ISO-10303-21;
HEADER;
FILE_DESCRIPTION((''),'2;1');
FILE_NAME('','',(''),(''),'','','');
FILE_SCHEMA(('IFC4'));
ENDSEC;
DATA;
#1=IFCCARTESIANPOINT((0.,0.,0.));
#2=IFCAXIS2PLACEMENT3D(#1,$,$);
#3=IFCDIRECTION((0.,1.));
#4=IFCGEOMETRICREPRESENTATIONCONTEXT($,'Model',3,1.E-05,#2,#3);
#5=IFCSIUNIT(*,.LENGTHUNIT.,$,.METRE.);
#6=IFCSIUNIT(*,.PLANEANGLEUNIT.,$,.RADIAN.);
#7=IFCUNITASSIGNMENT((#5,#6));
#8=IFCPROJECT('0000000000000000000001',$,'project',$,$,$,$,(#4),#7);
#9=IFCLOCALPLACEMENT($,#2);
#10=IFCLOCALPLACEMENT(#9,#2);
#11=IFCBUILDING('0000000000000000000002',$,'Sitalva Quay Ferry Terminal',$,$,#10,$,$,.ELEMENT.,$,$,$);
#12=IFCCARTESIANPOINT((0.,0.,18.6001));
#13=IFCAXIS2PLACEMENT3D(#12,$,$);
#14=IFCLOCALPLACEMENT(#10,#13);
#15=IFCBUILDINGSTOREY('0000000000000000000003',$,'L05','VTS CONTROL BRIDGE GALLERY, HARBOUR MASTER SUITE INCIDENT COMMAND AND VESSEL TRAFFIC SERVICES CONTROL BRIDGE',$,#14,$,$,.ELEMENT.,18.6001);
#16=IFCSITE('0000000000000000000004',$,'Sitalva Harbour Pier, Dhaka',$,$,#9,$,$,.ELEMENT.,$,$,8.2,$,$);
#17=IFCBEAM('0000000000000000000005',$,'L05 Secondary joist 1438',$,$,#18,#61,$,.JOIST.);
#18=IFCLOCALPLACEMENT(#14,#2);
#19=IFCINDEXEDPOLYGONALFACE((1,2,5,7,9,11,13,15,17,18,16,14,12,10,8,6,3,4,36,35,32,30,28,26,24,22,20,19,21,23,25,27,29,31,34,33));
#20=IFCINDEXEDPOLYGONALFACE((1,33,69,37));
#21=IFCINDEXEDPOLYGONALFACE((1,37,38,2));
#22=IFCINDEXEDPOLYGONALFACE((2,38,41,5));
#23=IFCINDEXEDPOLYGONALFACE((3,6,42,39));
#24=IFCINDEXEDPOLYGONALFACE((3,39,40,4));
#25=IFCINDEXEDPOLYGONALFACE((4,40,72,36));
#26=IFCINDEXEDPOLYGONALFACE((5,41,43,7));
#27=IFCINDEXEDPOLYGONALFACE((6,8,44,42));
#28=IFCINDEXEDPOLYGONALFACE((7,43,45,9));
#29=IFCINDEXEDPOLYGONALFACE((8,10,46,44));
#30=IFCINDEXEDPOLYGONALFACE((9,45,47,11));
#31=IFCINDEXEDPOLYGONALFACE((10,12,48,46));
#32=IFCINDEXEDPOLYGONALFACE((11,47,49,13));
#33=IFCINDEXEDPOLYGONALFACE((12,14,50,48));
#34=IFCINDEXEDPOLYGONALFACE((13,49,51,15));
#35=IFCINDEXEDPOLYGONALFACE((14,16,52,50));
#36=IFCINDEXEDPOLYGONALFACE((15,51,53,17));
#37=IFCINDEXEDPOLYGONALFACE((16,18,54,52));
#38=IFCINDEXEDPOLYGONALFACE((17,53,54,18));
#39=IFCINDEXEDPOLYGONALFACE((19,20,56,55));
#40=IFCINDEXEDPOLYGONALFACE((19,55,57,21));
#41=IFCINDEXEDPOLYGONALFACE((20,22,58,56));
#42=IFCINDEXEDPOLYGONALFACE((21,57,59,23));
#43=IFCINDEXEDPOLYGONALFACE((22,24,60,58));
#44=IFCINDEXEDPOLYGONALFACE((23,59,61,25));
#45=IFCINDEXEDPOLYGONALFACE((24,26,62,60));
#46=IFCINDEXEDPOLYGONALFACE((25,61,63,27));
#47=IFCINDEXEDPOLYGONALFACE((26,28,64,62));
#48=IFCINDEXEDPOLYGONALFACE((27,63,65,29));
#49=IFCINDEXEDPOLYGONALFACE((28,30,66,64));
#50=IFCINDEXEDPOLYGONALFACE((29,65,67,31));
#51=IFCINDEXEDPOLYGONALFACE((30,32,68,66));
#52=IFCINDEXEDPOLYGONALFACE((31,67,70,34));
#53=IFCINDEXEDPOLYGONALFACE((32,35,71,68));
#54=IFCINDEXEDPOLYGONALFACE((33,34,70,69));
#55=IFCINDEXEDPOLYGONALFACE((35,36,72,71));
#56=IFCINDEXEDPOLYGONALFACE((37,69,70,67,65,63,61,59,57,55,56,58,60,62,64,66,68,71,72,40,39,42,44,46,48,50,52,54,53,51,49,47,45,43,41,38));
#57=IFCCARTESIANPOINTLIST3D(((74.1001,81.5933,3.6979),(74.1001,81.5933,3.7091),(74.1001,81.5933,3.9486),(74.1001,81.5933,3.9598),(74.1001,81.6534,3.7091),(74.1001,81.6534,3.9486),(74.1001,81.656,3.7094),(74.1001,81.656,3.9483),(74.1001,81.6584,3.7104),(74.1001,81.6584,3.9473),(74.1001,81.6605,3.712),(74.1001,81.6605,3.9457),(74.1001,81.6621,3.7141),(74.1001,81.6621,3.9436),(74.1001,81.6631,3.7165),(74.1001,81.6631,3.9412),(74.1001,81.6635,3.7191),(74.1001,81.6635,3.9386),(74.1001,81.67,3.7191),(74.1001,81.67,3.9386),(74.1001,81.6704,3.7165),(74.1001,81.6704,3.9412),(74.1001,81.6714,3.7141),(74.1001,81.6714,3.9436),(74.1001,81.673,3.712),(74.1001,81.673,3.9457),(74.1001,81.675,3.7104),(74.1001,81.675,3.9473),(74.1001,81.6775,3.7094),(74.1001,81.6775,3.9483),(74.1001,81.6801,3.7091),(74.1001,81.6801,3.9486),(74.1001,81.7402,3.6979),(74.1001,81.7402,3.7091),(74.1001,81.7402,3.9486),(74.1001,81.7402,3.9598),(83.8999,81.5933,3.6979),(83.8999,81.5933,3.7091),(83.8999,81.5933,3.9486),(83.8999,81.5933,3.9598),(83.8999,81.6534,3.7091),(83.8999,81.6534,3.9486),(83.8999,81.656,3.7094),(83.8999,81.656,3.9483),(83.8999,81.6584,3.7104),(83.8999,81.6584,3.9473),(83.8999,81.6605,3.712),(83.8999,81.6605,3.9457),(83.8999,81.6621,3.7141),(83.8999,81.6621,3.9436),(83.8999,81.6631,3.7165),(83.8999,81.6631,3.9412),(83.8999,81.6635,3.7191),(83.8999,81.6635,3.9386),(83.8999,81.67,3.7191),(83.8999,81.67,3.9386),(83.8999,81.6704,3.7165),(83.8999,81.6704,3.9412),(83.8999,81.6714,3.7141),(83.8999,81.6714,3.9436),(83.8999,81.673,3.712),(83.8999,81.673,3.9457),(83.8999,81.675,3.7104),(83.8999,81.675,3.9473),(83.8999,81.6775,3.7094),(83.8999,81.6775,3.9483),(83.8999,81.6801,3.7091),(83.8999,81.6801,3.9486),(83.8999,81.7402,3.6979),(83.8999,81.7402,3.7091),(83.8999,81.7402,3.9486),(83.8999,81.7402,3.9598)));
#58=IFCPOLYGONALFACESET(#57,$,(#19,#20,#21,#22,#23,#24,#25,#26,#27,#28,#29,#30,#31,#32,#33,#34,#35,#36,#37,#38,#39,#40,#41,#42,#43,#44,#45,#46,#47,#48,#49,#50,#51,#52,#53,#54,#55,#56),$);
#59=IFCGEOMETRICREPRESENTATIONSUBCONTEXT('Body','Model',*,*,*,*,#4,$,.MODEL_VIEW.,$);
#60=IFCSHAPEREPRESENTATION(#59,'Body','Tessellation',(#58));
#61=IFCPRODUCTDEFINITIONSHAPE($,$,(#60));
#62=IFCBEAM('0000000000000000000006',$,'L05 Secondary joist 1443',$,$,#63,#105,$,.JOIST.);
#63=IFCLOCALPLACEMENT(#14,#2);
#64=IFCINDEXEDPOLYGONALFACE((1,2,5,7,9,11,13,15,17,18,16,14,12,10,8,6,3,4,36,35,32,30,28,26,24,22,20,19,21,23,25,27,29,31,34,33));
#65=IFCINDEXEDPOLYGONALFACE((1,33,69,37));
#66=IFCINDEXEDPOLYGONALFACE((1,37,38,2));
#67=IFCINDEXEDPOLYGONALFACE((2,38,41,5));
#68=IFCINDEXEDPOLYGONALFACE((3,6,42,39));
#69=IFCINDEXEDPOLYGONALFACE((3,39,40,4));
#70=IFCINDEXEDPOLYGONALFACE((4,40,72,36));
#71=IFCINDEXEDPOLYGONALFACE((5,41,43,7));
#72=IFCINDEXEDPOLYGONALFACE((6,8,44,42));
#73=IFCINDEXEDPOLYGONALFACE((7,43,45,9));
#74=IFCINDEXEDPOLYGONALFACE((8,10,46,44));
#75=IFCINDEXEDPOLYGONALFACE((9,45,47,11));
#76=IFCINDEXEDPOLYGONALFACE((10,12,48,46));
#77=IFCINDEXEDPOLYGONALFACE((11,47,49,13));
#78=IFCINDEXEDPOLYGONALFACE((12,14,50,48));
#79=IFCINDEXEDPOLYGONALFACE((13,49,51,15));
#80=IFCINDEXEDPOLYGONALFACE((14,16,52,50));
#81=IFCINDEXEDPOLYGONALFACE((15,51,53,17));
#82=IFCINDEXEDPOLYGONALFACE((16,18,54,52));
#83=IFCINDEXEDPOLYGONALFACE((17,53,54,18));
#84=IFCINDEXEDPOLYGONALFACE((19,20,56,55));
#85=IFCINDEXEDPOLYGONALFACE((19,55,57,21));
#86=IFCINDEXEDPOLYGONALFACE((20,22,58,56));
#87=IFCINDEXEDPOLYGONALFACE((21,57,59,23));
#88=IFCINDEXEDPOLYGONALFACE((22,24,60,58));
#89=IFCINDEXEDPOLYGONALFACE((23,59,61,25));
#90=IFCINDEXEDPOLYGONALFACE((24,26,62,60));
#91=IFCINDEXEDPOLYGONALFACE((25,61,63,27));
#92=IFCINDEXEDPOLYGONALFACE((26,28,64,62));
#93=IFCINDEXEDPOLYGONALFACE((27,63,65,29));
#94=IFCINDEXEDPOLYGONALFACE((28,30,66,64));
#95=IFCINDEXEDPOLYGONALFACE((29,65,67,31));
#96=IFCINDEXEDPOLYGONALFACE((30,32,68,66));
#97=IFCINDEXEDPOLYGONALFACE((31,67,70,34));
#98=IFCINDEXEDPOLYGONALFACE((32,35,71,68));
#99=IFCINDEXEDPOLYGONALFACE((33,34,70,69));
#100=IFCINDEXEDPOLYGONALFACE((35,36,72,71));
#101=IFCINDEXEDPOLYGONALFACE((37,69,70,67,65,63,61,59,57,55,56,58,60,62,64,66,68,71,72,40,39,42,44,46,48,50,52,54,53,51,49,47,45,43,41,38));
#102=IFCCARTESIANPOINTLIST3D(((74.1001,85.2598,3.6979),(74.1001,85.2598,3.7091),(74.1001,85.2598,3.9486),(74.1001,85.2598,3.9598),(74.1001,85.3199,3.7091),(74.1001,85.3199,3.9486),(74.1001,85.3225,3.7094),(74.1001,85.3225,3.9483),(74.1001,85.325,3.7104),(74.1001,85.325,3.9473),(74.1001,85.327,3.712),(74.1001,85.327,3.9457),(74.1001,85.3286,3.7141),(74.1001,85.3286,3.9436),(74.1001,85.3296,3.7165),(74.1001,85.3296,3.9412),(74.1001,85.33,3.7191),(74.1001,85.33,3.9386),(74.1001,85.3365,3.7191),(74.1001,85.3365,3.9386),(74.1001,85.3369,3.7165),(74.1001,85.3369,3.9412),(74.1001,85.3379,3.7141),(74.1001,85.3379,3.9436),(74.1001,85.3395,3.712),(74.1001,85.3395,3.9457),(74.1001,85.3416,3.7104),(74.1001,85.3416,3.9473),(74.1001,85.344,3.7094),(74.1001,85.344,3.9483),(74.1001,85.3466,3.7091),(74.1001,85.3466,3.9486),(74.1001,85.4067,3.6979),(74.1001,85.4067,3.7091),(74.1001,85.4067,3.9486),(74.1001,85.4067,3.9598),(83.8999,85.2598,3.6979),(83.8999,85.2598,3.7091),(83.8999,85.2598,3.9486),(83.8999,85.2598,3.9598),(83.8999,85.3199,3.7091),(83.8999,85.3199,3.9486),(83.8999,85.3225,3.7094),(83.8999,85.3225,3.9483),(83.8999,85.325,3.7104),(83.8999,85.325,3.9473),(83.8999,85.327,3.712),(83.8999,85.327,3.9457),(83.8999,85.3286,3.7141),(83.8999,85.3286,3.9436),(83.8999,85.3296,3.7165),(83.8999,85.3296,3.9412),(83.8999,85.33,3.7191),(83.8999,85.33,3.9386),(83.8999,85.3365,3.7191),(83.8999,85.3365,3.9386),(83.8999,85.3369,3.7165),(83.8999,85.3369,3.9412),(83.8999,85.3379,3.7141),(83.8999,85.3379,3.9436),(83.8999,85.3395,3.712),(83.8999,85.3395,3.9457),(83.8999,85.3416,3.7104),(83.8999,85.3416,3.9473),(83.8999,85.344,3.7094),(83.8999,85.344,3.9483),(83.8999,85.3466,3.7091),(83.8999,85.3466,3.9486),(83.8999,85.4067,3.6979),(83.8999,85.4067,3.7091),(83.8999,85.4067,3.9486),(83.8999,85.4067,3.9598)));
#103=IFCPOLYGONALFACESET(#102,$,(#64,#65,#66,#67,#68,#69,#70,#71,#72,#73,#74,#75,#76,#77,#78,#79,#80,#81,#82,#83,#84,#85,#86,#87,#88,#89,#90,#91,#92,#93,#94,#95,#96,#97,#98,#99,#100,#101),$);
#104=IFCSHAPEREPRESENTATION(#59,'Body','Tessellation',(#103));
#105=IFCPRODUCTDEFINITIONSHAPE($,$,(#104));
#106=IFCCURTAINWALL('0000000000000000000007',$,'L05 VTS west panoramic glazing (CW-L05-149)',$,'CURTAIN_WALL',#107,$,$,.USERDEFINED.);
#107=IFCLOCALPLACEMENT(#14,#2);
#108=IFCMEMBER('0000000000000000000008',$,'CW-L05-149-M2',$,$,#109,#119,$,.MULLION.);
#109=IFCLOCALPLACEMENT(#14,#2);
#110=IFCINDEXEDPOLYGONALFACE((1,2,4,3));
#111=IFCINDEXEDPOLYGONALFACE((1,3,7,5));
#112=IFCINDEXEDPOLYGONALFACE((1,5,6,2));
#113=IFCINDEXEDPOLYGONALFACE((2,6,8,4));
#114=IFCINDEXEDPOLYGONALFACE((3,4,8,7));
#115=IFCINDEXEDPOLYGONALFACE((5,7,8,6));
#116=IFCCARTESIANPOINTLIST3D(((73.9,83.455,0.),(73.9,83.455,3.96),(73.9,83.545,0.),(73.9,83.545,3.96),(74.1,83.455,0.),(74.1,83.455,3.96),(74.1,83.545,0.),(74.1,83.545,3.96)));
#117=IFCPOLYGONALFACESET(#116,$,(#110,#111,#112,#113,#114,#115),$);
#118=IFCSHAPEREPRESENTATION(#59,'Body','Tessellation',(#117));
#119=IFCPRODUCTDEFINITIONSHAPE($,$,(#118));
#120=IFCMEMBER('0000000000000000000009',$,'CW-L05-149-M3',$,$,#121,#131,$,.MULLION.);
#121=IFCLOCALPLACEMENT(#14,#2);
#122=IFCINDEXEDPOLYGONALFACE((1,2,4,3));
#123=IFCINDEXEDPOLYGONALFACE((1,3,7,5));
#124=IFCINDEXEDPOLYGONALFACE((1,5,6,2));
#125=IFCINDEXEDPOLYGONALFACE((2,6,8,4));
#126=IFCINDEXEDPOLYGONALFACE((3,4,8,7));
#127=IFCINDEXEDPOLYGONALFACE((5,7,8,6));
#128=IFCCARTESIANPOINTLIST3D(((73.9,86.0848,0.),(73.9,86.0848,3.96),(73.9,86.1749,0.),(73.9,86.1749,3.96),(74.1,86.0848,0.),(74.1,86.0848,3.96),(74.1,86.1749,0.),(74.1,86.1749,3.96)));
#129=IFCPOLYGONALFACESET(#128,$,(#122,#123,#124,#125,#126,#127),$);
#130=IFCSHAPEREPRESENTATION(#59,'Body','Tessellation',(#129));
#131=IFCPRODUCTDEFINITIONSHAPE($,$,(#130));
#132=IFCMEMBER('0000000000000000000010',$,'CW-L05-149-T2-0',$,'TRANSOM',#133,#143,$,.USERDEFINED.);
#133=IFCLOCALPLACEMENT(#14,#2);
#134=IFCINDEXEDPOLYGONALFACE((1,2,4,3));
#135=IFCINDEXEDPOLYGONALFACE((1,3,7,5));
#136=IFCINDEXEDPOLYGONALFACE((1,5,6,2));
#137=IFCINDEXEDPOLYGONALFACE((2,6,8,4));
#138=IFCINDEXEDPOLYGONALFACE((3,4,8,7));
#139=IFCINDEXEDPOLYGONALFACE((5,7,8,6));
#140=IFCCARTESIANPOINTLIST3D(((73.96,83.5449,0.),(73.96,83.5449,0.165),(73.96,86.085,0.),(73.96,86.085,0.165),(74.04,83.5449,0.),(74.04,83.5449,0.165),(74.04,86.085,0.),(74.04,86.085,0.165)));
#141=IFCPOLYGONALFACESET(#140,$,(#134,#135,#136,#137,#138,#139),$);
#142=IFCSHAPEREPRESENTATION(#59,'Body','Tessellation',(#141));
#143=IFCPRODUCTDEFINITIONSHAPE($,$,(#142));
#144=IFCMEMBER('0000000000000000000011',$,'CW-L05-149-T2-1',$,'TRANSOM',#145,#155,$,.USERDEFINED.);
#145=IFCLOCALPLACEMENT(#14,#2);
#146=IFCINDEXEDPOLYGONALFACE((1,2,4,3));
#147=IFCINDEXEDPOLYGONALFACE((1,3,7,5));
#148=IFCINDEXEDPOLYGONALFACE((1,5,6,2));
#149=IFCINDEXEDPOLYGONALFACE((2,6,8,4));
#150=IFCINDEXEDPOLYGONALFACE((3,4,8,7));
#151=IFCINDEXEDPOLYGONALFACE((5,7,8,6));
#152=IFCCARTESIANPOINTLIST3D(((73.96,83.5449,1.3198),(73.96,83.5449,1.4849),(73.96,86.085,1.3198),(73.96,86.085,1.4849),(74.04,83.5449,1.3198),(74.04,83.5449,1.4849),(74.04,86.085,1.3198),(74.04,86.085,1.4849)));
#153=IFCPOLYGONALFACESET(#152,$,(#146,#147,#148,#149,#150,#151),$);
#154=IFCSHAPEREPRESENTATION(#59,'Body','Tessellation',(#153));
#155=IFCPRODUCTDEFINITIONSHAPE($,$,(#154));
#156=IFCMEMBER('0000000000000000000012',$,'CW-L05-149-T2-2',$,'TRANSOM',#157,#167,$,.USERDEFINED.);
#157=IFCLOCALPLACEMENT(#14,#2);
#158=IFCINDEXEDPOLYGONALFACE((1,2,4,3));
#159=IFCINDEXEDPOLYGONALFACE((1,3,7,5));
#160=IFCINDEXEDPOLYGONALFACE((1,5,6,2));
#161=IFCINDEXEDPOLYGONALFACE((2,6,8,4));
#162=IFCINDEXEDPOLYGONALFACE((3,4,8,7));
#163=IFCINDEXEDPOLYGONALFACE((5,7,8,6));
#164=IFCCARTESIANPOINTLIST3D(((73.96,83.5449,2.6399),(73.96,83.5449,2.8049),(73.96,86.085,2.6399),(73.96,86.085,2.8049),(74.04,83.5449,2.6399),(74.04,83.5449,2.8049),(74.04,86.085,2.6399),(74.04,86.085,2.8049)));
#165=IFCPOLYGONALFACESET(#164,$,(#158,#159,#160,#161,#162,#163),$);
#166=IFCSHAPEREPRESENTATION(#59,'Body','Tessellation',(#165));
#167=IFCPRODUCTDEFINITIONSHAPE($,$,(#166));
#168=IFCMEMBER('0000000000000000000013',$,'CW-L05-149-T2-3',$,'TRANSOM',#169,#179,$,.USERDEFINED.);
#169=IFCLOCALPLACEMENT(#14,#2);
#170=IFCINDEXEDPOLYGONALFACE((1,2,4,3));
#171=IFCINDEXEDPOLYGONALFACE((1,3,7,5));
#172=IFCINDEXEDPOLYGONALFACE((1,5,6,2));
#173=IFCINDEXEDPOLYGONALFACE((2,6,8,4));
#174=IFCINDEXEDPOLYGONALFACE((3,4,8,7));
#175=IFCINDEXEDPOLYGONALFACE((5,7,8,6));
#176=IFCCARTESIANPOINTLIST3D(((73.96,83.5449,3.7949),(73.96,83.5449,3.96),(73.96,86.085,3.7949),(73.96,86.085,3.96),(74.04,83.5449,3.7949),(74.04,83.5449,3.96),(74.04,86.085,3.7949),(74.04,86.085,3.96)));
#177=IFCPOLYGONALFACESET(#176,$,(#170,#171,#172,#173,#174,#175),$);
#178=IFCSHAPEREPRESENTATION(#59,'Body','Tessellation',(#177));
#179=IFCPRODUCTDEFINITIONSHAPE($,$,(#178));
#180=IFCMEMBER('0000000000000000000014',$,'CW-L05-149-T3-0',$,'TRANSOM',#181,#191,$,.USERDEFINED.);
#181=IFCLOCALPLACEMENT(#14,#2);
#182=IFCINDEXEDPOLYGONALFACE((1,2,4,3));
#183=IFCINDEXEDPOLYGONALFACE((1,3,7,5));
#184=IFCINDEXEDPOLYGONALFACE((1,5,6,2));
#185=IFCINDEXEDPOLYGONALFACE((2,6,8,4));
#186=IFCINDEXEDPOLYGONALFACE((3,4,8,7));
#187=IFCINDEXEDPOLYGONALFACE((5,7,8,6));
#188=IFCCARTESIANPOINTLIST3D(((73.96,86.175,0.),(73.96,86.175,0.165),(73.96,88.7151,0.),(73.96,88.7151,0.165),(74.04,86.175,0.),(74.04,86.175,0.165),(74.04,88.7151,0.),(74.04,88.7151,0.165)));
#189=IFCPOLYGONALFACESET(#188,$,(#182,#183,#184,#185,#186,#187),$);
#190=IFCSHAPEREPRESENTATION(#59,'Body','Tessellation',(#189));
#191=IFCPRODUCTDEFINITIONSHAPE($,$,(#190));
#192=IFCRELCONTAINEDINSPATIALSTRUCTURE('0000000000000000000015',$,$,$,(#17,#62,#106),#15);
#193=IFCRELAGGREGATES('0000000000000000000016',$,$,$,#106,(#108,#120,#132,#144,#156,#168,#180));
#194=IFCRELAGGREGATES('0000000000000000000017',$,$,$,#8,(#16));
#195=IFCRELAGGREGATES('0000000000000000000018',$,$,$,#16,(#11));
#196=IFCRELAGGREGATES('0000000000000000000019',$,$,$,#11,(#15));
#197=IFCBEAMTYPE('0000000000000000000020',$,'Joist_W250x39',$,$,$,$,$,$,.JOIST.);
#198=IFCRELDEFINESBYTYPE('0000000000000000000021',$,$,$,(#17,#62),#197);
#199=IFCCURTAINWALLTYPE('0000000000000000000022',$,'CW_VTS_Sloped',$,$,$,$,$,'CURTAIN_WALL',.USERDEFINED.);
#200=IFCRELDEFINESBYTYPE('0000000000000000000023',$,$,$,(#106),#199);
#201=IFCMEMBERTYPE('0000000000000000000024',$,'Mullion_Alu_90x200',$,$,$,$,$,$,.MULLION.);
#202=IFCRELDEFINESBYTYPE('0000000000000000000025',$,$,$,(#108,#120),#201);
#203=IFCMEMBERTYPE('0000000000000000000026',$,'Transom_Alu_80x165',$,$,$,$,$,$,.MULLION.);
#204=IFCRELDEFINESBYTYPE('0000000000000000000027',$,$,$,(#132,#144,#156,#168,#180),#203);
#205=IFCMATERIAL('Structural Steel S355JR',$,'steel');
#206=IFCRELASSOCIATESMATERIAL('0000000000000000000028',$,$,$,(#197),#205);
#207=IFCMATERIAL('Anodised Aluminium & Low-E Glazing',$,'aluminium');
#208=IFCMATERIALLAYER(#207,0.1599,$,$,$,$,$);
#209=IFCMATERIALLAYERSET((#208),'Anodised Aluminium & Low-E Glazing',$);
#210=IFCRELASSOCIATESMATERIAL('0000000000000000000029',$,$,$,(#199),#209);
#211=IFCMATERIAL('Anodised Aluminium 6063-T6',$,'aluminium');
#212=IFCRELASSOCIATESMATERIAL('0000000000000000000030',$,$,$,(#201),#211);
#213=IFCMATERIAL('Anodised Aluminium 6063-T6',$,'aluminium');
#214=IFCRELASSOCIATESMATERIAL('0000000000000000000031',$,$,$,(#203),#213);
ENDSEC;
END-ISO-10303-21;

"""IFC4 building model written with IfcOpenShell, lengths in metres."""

from ifc_helpers import new_model, si_unit, direction, frame, origin, origin_2d, place, context, subcontext, project, spatial, rectangle, i_section, extrude, material, layer, layer_set, material_profile, profile_set, type_object, element, aggregate, save


model = new_model("IFC4")

# Units and contexts
model_context = context("Model", 3, precision=1e-05, world=origin(), true_north=direction((0.0, 1.0)))
body_context = subcontext(model_context, "Body", "Model", "MODEL_VIEW")
ifc_project = project(units=[si_unit("LENGTHUNIT", "METRE"), si_unit("PLANEANGLEUNIT", "RADIAN")], contexts=[model_context])

# Site, building, storey
site_placement = place(None, origin())
site = spatial("IfcSite", under=ifc_project, at=site_placement, Name="Sitalva Harbour Pier, Dhaka", CompositionType="ELEMENT", RefElevation=8.2)
building_placement = place(site_placement, origin())
building = spatial("IfcBuilding", under=site, at=building_placement, Name="Sitalva Quay Ferry Terminal", CompositionType="ELEMENT")
storey_placement = place(building_placement, frame((0.0, 0.0, 18.6001)))
storey = spatial("IfcBuildingStorey", under=building, at=storey_placement, Name="L05", Description="VTS CONTROL BRIDGE GALLERY, HARBOUR MASTER SUITE INCIDENT COMMAND AND VESSEL TRAFFIC SERVICES CONTROL BRIDGE", CompositionType="ELEMENT", Elevation=18.6001)

# Beams
ifc_material_1 = material(Name="Structural Steel S355JR", Category="steel")
ifc_material_profile_1 = material_profile(ifc_material_1, i_section(OverallWidth=0.147, OverallDepth=0.262, WebThickness=0.0066, FlangeThickness=0.0112, FilletRadius=0.01, at=origin_2d()), Name="W250x39")
ifc_profile_set_1 = profile_set([ifc_material_profile_1], Name="Structural Steel S355JR")
beam_type = type_object("IfcBeamType", Name="Joist_W250x39", PredefinedType="JOIST", material=ifc_profile_set_1)
for number, where, z_axis, x_axis, name in (
    (1, (74.1001, 81.6667, 3.8289), (1.0, 0.0, 0.0), (0.0, 1.0, 0.0), "L05 Secondary joist 1438"),
    (2, (74.1001, 85.3333, 3.8289), (1.0, 0.0, 0.0), (0.0, 1.0, 0.0), "L05 Secondary joist 1443"),
):
    element("IfcBeam", number, at=place(storey_placement, frame(where, z_axis=z_axis, x_axis=x_axis)), inside=storey, type_object=beam_type, Name=name, PredefinedType="JOIST", context=body_context, shape_type="SweptSolid", body=[
        extrude(i_section(OverallWidth=0.147, OverallDepth=0.262, WebThickness=0.0066, FlangeThickness=0.0112, FilletRadius=0.01, at=origin_2d()), origin(), (0.0, 0.0, 1.0), 9.7998),
    ])

# Curtain wall, members
ifc_material_2 = material(Name="Anodised Aluminium & Low-E Glazing", Category="aluminium")
ifc_layer_1 = layer(ifc_material_2, 0.1599)
ifc_layer_set_1 = layer_set([ifc_layer_1], Name="Anodised Aluminium & Low-E Glazing")
curtain_wall_type = type_object("IfcCurtainWallType", Name="CW_VTS_Sloped", ElementType="CURTAIN_WALL", PredefinedType="USERDEFINED", material=ifc_layer_set_1)
curtain_wall_placement = place(storey_placement, origin())
curtain_wall = element("IfcCurtainWall", 3, at=curtain_wall_placement, inside=storey, type_object=curtain_wall_type, Name="L05 VTS west panoramic glazing (CW-L05-149)", ObjectType="CURTAIN_WALL", PredefinedType="USERDEFINED")
ifc_material_3 = material(Name="Anodised Aluminium 6063-T6", Category="aluminium")
ifc_material_profile_2 = material_profile(ifc_material_3, rectangle(XDim=0.0901, YDim=0.2, at=origin_2d()), Name="ALU90x200")
ifc_profile_set_2 = profile_set([ifc_material_profile_2], Name="Anodised Aluminium 6063-T6")
member_type_1 = type_object("IfcMemberType", Name="Mullion_Alu_90x200", PredefinedType="MULLION", material=ifc_profile_set_2)
member_1_placement = place(storey_placement, frame((74.0, 83.5, 0.0), z_axis=(0.0, 0.0, 1.0), x_axis=(0.0, 1.0, 0.0)))
member_1 = element("IfcMember", 4, at=member_1_placement, type_object=member_type_1, Name="CW-L05-149-M2", PredefinedType="MULLION", context=body_context, shape_type="SweptSolid", body=[
    extrude(rectangle(XDim=0.0901, YDim=0.2, at=origin_2d()), origin(), (0.0, 0.0, 1.0), 3.96),
])
member_2_placement = place(storey_placement, frame((74.0, 86.1299, 0.0), z_axis=(0.0, 0.0, 1.0), x_axis=(0.0, 1.0, 0.0)))
member_2 = element("IfcMember", 5, at=member_2_placement, type_object=member_type_1, Name="CW-L05-149-M3", PredefinedType="MULLION", context=body_context, shape_type="SweptSolid", body=[
    extrude(rectangle(XDim=0.0901, YDim=0.2, at=origin_2d()), origin(), (0.0, 0.0, 1.0), 3.96),
])
ifc_material_4 = material(Name="Anodised Aluminium 6063-T6", Category="aluminium")
ifc_material_profile_3 = material_profile(ifc_material_4, rectangle(XDim=0.0801, YDim=0.165, at=origin_2d()), Name="ALU80x165")
ifc_profile_set_3 = profile_set([ifc_material_profile_3], Name="Anodised Aluminium 6063-T6")
member_type_2 = type_object("IfcMemberType", Name="Transom_Alu_80x165", PredefinedType="MULLION", material=ifc_profile_set_3)
member_3_placement = place(storey_placement, frame((74.0, 83.5449, 0.0825), z_axis=(0.0, 1.0, 0.0), x_axis=(-1.0, 0.0, 0.0)))
member_3 = element("IfcMember", 6, at=member_3_placement, type_object=member_type_2, Name="CW-L05-149-T2-0", ObjectType="TRANSOM", PredefinedType="USERDEFINED", context=body_context, shape_type="SweptSolid", body=[
    extrude(rectangle(XDim=0.0801, YDim=0.165, at=origin_2d()), origin(), (0.0, 0.0, 1.0), 2.54),
])
member_4_placement = place(storey_placement, frame((74.0, 83.5449, 1.4023), z_axis=(0.0, 1.0, 0.0), x_axis=(-1.0, 0.0, 0.0)))
member_4 = element("IfcMember", 7, at=member_4_placement, type_object=member_type_2, Name="CW-L05-149-T2-1", ObjectType="TRANSOM", PredefinedType="USERDEFINED", context=body_context, shape_type="SweptSolid", body=[
    extrude(rectangle(XDim=0.0801, YDim=0.165, at=origin_2d()), origin(), (0.0, 0.0, 1.0), 2.54),
])
member_5_placement = place(storey_placement, frame((74.0, 83.5449, 2.7224), z_axis=(0.0, 1.0, 0.0), x_axis=(-1.0, 0.0, 0.0)))
member_5 = element("IfcMember", 8, at=member_5_placement, type_object=member_type_2, Name="CW-L05-149-T2-2", ObjectType="TRANSOM", PredefinedType="USERDEFINED", context=body_context, shape_type="SweptSolid", body=[
    extrude(rectangle(XDim=0.0801, YDim=0.165, at=origin_2d()), origin(), (0.0, 0.0, 1.0), 2.54),
])
member_6_placement = place(storey_placement, frame((74.0, 83.5449, 3.8774), z_axis=(0.0, 1.0, 0.0), x_axis=(-1.0, 0.0, 0.0)))
member_6 = element("IfcMember", 9, at=member_6_placement, type_object=member_type_2, Name="CW-L05-149-T2-3", ObjectType="TRANSOM", PredefinedType="USERDEFINED", context=body_context, shape_type="SweptSolid", body=[
    extrude(rectangle(XDim=0.0801, YDim=0.165, at=origin_2d()), origin(), (0.0, 0.0, 1.0), 2.54),
])
member_7_placement = place(storey_placement, frame((74.0, 86.175, 0.0825), z_axis=(0.0, 1.0, 0.0), x_axis=(-1.0, 0.0, 0.0)))
member_7 = element("IfcMember", 10, at=member_7_placement, type_object=member_type_2, Name="CW-L05-149-T3-0", ObjectType="TRANSOM", PredefinedType="USERDEFINED", context=body_context, shape_type="SweptSolid", body=[
    extrude(rectangle(XDim=0.0801, YDim=0.165, at=origin_2d()), origin(), (0.0, 0.0, 1.0), 2.54),
])
aggregate(curtain_wall, [member_1, member_2, member_3, member_4, member_5, member_6, member_7])

save(model, "model.ifc")
